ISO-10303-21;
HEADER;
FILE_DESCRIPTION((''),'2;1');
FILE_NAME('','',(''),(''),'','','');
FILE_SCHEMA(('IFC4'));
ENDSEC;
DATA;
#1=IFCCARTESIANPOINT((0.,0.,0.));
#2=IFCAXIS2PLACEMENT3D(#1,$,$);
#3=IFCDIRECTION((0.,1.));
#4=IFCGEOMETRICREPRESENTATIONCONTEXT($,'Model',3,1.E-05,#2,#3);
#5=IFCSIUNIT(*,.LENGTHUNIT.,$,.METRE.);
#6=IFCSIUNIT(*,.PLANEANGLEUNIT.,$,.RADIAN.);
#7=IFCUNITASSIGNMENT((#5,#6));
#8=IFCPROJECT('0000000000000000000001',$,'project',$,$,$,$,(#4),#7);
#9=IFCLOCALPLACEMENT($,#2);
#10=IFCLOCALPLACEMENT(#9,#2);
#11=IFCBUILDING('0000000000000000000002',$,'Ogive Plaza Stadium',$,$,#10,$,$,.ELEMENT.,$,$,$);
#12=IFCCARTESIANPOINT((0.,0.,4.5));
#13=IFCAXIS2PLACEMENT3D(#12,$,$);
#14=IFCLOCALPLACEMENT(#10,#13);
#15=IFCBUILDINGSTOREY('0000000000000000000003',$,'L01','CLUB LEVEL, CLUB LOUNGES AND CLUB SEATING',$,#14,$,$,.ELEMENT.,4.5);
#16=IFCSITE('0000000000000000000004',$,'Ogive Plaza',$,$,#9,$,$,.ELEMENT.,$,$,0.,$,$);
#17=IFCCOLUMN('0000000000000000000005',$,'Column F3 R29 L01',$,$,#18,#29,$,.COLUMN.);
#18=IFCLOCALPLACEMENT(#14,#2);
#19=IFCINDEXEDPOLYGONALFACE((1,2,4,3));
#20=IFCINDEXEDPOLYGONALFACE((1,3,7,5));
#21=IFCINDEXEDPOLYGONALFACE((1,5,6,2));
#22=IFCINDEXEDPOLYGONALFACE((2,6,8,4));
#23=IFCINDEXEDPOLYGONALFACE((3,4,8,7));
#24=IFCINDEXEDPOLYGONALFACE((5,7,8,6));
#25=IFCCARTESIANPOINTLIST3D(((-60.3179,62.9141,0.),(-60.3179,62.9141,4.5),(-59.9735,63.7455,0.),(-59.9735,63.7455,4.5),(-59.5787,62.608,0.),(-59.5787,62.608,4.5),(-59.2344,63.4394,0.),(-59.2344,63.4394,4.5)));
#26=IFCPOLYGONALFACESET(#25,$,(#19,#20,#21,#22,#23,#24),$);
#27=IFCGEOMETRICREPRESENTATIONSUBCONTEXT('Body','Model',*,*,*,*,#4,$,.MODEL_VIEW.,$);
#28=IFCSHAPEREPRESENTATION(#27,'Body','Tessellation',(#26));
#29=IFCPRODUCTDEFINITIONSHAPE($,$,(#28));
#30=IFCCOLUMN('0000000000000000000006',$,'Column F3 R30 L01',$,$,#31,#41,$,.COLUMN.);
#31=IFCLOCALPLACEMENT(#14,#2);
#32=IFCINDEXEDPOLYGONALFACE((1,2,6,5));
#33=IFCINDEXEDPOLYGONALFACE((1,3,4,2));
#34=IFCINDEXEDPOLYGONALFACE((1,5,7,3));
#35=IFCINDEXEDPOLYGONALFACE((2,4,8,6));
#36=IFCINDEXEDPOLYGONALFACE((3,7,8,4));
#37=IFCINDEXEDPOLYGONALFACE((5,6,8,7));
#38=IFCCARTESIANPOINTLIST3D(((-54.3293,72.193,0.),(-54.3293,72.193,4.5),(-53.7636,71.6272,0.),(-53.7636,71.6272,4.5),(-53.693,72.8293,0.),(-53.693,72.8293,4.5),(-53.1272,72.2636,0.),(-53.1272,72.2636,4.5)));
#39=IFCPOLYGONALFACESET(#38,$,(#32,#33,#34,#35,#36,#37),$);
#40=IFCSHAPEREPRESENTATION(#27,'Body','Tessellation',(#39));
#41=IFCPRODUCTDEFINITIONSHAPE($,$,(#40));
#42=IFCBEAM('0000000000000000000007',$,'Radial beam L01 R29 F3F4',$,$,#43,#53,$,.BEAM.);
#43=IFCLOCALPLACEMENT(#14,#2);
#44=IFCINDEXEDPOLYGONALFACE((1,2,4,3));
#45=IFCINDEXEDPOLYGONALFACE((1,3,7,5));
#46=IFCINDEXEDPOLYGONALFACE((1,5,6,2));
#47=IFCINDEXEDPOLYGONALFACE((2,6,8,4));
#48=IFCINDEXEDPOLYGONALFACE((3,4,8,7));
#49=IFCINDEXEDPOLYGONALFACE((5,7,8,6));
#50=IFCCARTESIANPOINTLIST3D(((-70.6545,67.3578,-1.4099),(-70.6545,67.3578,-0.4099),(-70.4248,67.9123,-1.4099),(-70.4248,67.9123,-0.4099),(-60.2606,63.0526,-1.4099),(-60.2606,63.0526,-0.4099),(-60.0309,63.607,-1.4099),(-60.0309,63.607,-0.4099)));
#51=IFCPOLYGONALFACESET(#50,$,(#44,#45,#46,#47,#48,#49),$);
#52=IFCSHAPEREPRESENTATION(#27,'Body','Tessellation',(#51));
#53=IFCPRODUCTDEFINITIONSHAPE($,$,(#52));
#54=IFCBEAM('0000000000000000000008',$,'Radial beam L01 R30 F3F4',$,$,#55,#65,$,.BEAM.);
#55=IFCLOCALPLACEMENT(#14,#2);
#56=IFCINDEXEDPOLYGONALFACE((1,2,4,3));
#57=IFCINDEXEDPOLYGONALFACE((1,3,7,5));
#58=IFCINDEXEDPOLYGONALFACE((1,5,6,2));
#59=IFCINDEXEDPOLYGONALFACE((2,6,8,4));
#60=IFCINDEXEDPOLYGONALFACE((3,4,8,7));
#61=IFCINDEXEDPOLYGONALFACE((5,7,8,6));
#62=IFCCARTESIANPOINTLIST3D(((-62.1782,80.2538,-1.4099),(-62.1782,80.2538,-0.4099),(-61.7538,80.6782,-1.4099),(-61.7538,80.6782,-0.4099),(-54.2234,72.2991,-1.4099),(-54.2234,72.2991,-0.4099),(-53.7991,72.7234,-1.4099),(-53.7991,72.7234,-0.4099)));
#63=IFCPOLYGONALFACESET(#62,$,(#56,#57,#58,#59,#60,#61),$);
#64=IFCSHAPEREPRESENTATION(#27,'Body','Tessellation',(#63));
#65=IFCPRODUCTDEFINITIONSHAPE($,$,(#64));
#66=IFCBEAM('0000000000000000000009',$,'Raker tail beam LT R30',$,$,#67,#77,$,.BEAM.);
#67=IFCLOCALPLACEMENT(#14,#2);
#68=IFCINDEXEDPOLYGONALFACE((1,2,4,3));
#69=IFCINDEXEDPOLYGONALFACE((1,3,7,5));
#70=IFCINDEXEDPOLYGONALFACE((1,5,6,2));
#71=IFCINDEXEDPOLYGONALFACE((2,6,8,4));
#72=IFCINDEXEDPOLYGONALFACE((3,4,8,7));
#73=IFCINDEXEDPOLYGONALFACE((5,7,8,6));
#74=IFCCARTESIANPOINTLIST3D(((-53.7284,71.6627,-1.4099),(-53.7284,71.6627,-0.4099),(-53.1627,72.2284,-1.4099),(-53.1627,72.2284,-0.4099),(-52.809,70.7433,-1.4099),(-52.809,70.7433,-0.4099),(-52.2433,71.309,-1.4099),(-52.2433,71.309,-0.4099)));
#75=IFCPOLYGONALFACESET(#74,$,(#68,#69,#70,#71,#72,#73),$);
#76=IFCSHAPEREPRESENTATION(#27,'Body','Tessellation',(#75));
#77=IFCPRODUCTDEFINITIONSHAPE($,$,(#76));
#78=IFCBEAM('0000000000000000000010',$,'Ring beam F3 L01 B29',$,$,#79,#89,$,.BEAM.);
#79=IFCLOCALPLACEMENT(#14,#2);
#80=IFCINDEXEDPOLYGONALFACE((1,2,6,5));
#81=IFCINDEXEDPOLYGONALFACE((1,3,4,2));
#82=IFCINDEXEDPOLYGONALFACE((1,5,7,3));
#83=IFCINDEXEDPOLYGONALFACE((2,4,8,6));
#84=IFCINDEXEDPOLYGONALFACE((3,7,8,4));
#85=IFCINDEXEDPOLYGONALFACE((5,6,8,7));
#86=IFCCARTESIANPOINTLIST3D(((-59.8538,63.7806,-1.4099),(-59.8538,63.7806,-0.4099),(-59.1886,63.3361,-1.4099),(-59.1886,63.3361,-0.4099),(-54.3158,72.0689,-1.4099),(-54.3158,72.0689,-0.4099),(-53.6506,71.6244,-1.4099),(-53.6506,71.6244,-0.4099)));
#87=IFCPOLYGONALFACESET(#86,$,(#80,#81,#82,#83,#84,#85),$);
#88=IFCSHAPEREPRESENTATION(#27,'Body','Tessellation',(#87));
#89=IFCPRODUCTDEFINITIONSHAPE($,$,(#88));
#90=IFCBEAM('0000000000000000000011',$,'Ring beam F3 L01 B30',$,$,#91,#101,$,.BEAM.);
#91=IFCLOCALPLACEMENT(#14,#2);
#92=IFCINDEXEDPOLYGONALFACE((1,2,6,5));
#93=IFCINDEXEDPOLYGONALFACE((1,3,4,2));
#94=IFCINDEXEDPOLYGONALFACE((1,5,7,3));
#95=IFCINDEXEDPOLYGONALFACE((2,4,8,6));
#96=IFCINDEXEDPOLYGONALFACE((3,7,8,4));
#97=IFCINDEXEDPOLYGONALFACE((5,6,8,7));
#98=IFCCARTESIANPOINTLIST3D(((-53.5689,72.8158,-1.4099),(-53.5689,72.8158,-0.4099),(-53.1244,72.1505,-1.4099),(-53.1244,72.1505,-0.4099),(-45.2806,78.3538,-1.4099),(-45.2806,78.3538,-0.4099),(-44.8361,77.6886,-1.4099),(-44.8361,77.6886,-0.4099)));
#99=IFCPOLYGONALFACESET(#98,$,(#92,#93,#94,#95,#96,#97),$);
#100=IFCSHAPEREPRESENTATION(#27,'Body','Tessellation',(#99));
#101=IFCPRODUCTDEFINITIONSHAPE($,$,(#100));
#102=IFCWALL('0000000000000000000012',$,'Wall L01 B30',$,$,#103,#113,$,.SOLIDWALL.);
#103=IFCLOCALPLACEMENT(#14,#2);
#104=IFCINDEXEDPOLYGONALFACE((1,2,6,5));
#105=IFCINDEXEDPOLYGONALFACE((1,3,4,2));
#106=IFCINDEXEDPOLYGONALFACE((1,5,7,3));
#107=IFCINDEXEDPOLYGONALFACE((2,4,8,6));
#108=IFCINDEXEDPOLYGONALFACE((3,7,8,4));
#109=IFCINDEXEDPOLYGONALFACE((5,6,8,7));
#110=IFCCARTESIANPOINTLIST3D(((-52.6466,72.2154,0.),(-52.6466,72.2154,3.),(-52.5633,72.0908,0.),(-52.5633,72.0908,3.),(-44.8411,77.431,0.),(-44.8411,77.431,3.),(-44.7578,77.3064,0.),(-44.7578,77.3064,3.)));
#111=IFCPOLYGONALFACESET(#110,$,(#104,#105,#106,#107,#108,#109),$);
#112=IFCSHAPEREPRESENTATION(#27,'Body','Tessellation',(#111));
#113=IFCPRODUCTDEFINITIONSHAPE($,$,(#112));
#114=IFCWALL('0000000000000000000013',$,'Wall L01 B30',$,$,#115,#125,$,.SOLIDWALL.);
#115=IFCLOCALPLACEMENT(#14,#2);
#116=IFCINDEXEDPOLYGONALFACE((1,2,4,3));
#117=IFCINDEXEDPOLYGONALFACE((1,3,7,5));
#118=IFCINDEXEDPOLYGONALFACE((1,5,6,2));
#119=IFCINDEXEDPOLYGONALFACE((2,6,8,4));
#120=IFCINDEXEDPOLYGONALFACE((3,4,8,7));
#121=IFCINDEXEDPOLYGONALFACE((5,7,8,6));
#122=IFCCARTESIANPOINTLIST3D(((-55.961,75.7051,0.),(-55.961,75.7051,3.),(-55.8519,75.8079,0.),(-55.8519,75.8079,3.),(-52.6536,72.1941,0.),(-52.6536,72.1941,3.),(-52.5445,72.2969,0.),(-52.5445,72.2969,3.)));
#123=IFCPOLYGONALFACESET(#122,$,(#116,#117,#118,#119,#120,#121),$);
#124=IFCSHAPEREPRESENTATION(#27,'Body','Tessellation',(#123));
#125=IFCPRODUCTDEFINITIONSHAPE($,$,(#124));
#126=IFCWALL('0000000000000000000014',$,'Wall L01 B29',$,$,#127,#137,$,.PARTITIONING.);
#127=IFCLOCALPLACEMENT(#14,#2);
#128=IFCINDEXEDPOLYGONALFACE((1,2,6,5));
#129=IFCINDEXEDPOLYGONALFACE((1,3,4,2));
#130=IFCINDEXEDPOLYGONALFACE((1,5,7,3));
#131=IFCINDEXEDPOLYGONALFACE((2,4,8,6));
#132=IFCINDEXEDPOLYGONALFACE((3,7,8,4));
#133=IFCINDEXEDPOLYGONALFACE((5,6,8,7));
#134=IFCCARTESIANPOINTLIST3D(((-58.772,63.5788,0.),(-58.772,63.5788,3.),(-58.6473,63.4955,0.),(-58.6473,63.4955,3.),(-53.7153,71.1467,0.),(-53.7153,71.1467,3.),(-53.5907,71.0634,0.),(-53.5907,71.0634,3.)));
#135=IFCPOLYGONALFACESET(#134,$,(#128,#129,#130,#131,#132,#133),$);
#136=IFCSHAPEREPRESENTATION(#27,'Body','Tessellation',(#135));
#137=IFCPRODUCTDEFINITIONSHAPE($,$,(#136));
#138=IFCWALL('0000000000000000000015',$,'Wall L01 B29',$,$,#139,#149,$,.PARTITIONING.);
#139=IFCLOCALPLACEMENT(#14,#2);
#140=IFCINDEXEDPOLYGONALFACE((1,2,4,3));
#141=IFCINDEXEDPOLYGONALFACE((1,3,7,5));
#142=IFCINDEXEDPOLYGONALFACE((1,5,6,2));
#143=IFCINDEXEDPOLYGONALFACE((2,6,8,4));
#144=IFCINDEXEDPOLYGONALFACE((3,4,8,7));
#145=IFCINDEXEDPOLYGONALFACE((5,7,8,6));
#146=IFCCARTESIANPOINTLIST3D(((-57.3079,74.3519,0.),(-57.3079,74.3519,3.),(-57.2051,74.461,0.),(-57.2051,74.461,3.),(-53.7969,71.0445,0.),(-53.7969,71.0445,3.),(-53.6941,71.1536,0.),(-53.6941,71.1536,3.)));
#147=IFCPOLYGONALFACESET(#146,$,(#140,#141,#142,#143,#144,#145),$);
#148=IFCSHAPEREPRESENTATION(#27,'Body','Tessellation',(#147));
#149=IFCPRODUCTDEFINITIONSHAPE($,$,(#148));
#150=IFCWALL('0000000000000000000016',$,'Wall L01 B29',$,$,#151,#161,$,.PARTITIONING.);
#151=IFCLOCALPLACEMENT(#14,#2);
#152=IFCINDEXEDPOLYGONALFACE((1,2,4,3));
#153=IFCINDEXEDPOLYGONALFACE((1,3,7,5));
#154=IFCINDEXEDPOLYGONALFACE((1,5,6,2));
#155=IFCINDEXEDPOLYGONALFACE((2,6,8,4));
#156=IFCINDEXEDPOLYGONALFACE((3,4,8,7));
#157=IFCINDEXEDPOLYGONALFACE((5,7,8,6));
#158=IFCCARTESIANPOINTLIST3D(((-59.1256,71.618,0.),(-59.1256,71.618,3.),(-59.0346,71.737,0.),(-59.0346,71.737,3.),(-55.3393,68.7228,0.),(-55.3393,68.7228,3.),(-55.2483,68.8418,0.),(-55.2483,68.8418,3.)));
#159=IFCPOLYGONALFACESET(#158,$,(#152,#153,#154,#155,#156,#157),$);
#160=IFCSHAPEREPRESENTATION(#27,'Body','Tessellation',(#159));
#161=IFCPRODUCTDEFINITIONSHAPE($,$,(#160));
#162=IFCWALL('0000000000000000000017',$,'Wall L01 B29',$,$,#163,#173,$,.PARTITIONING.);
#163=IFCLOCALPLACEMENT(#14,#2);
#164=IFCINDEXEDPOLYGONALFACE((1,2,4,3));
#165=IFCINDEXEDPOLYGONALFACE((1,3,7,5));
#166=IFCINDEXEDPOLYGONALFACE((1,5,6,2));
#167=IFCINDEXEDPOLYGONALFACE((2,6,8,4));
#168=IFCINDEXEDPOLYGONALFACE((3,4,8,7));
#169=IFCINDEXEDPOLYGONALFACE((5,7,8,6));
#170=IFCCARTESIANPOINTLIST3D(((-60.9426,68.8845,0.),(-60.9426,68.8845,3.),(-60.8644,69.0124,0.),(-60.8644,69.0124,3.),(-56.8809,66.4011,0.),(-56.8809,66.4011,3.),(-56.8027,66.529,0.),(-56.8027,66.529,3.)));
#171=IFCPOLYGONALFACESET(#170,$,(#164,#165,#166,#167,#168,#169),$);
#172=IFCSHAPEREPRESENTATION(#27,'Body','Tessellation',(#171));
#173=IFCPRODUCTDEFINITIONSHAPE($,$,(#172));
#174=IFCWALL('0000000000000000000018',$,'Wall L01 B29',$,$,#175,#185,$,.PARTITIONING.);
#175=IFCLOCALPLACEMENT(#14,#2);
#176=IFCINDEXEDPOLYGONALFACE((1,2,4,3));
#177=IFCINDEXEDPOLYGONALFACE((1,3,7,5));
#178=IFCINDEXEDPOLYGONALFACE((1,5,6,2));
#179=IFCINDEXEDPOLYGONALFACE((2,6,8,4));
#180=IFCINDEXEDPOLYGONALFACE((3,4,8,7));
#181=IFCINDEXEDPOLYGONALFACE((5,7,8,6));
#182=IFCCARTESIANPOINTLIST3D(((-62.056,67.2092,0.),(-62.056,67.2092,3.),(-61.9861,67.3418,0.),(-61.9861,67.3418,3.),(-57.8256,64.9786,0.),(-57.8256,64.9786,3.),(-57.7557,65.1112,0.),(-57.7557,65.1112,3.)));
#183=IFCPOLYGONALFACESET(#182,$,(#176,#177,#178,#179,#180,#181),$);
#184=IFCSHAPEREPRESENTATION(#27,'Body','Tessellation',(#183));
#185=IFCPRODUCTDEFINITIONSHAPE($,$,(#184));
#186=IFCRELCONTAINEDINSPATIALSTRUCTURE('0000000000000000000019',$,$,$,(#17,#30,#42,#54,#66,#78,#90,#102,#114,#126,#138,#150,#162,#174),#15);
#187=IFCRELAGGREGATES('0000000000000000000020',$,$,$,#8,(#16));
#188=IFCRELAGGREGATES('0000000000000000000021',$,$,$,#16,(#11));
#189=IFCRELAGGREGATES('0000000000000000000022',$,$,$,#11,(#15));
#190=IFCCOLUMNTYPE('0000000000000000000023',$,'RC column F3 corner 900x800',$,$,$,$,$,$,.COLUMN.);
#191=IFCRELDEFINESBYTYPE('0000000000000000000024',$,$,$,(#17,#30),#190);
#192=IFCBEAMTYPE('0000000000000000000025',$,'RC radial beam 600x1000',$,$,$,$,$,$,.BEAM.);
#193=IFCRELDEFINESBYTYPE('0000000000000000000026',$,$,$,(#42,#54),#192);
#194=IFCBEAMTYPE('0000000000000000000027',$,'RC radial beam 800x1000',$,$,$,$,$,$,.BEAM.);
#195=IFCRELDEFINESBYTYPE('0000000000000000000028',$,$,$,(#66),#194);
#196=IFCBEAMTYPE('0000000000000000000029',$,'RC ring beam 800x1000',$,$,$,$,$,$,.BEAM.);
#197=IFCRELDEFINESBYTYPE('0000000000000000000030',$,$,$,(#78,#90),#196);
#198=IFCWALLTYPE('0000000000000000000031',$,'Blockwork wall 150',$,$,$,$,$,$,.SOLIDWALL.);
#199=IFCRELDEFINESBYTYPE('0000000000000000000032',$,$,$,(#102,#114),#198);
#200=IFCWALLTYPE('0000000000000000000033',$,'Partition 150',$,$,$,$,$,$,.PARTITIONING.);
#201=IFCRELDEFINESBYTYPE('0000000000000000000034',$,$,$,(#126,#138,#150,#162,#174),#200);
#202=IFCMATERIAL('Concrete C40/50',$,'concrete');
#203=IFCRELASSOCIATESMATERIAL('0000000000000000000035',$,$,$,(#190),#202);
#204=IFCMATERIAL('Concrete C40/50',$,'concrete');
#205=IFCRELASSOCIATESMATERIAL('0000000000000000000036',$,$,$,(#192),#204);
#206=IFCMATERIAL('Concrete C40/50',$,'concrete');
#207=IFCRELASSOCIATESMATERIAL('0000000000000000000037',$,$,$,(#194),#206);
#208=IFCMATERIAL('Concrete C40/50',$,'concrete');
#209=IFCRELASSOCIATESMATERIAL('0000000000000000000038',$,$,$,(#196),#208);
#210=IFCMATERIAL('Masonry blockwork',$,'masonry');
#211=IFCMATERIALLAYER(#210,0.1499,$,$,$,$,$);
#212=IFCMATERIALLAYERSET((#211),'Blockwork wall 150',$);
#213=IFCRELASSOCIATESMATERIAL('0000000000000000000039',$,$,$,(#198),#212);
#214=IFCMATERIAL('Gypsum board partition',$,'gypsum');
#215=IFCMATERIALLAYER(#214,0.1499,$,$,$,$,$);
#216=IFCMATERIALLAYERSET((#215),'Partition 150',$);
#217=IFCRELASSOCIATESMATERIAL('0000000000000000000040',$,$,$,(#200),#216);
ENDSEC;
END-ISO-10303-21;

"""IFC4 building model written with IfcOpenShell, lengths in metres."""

from ifc_helpers import new_model, si_unit, direction, frame, frame_2d, origin, origin_2d, place, context, subcontext, project, spatial, rectangle, extrude, material, layer, layer_set, material_profile, profile_set, type_object, element, save


model = new_model("IFC4")

# Units and contexts
model_context = context("Model", 3, precision=1e-05, world=origin(), true_north=direction((0.0, 1.0)))
body_context = subcontext(model_context, "Body", "Model", "MODEL_VIEW")
ifc_project = project(units=[si_unit("LENGTHUNIT", "METRE"), si_unit("PLANEANGLEUNIT", "RADIAN")], contexts=[model_context])

# Site, building, storey
site_placement = place(None, origin())
site = spatial("IfcSite", under=ifc_project, at=site_placement, Name="Ogive Plaza", CompositionType="ELEMENT", RefElevation=0.0)
building_placement = place(site_placement, origin())
building = spatial("IfcBuilding", under=site, at=building_placement, Name="Ogive Plaza Stadium", CompositionType="ELEMENT")
storey_placement = place(building_placement, frame((0.0, 0.0, 4.5)))
storey = spatial("IfcBuildingStorey", under=building, at=storey_placement, Name="L01", Description="CLUB LEVEL, CLUB LOUNGES AND CLUB SEATING", CompositionType="ELEMENT", Elevation=4.5)

# Columns
ifc_material_1 = material(Name="Concrete C40/50", Category="concrete")
ifc_material_profile_1 = material_profile(ifc_material_1, rectangle(XDim=0.8999, YDim=0.8, at=origin_2d()), Name="RC 900x800")
ifc_profile_set_1 = profile_set([ifc_material_profile_1], Name="Concrete C40/50")
column_type = type_object("IfcColumnType", Name="RC column F3 corner 900x800", PredefinedType="COLUMN", material=ifc_profile_set_1)
for number, where, z_axis, x_axis, name in (
    (1, (-59.7761, 63.1768, 0.0), (0.0, 0.0, 1.0), (-0.382683, -0.92388, 0.0), "Column F3 R29 L01"),
    (2, (-53.7283, 72.2283, 0.0), (0.0, 0.0, 1.0), (-0.707107, -0.707107, 0.0), "Column F3 R30 L01"),
):
    element("IfcColumn", number, at=place(storey_placement, frame(where, z_axis=z_axis, x_axis=x_axis)), inside=storey, type_object=column_type, Name=name, PredefinedType="COLUMN", context=body_context, shape_type="SweptSolid", body=[
        extrude(rectangle(XDim=0.8999, YDim=0.8, at=origin_2d()), origin(), (0.0, 0.0, 1.0), 4.5),
    ])

# Beams
ifc_material_2 = material(Name="Concrete C40/50", Category="concrete")
ifc_material_profile_2 = material_profile(ifc_material_2, rectangle(XDim=0.6001, YDim=1.0, at=origin_2d()), Name="RC 600x1000")
ifc_profile_set_2 = profile_set([ifc_material_profile_2], Name="Concrete C40/50")
beam_type_1 = type_object("IfcBeamType", Name="RC radial beam 600x1000", PredefinedType="BEAM", material=ifc_profile_set_2)
beam_1_placement = place(storey_placement, frame((-60.1458, 63.3298, -0.9099), z_axis=(-0.923882, 0.382678, 0.0), x_axis=(-0.382678, -0.923882, 0.0)))
element("IfcBeam", 3, at=beam_1_placement, inside=storey, type_object=beam_type_1, Name="Radial beam L01 R29 F3F4", PredefinedType="BEAM", context=body_context, shape_type="SweptSolid", body=[
    extrude(rectangle(XDim=0.6001, YDim=1.0, at=origin_2d()), origin(), (0.0, 0.0, 1.0), 11.2502),
])
beam_2_placement = place(storey_placement, frame((-54.0112, 72.5112, -0.9099), z_axis=(-0.707107, 0.707107, 0.0), x_axis=(-0.707107, -0.707107, 0.0)))
element("IfcBeam", 4, at=beam_2_placement, inside=storey, type_object=beam_type_1, Name="Radial beam L01 R30 F3F4", PredefinedType="BEAM", context=body_context, shape_type="SweptSolid", body=[
    extrude(rectangle(XDim=0.6001, YDim=1.0, at=origin_2d()), origin(), (0.0, 0.0, 1.0), 11.2498),
])
ifc_material_3 = material(Name="Concrete C40/50", Category="concrete")
ifc_material_profile_3 = material_profile(ifc_material_3, rectangle(XDim=0.8, YDim=1.0, at=origin_2d()), Name="RC 800x1000")
ifc_profile_set_3 = profile_set([ifc_material_profile_3], Name="Concrete C40/50")
beam_type_2 = type_object("IfcBeamType", Name="RC radial beam 800x1000", PredefinedType="BEAM", material=ifc_profile_set_3)
beam_3_placement = place(storey_placement, frame((-52.5261, 71.0261, -0.9099), z_axis=(-0.707107, 0.707107, 0.0), x_axis=(-0.707107, -0.707107, 0.0)))
element("IfcBeam", 5, at=beam_3_placement, inside=storey, type_object=beam_type_2, Name="Raker tail beam LT R30", PredefinedType="BEAM", context=body_context, shape_type="SweptSolid", body=[
    extrude(rectangle(XDim=0.8, YDim=1.0, at=origin_2d()), origin(), (0.0, 0.0, 1.0), 1.3003),
])
ifc_material_4 = material(Name="Concrete C40/50", Category="concrete")
ifc_material_profile_4 = material_profile(ifc_material_4, rectangle(XDim=0.8, YDim=1.0, at=origin_2d()), Name="RC 800x1000")
ifc_profile_set_4 = profile_set([ifc_material_profile_4], Name="Concrete C40/50")
beam_type_3 = type_object("IfcBeamType", Name="RC ring beam 800x1000", PredefinedType="BEAM", material=ifc_profile_set_4)
for number, where, z_axis, x_axis, name in (
    (6, (-59.5212, 63.5583, -0.9099), (0.55557, 0.83147, 0.0), (-0.83147, 0.55557, 0.0), "Ring beam F3 L01 B29"),
    (7, (-53.3467, 72.4832, -0.9099), (0.83147, 0.55557, 0.0), (-0.55557, 0.83147, 0.0), "Ring beam F3 L01 B30"),
):
    element("IfcBeam", number, at=place(storey_placement, frame(where, z_axis=z_axis, x_axis=x_axis)), inside=storey, type_object=beam_type_3, Name=name, PredefinedType="BEAM", context=body_context, shape_type="SweptSolid", body=[
        extrude(rectangle(XDim=0.8, YDim=1.0, at=origin_2d()), origin(), (0.0, 0.0, 1.0), 9.9683),
    ])

# Walls
ifc_material_5 = material(Name="Masonry blockwork", Category="masonry")
ifc_layer_1 = layer(ifc_material_5, 0.1499)
ifc_layer_set_1 = layer_set([ifc_layer_1], Name="Blockwork wall 150")
wall_type_1 = type_object("IfcWallType", Name="Blockwork wall 150", PredefinedType="SOLIDWALL", material=ifc_layer_set_1)
wall_1_placement = place(storey_placement, frame((-52.605, 72.1531, 0.0), z_axis=(0.0, 0.0, 1.0), x_axis=(0.831462, 0.555582, 0.0)))
element("IfcWall", 8, at=wall_1_placement, inside=storey, type_object=wall_type_1, Name="Wall L01 B30", PredefinedType="SOLIDWALL", context=body_context, shape_type="SweptSolid", body=[
    extrude(rectangle(XDim=9.3877, YDim=0.1499, at=frame_2d((4.6938, 0.0))), origin(), (0.0, 0.0, 1.0), 3.0),
])
wall_2_placement = place(storey_placement, frame((-52.5991, 72.2456, 0.0), z_axis=(0.0, 0.0, 1.0), x_axis=(-0.685685, 0.727898, 0.0)))
element("IfcWall", 9, at=wall_2_placement, inside=storey, type_object=wall_type_1, Name="Wall L01 B30", PredefinedType="SOLIDWALL", context=body_context, shape_type="SweptSolid", body=[
    extrude(rectangle(XDim=4.8235, YDim=0.1499, at=frame_2d((2.4116, 0.0))), origin(), (0.0, 0.0, 1.0), 3.0),
])
ifc_material_6 = material(Name="Gypsum board partition", Category="gypsum")
ifc_layer_2 = layer(ifc_material_6, 0.1499)
ifc_layer_set_2 = layer_set([ifc_layer_2], Name="Partition 150")
wall_type_2 = type_object("IfcWallType", Name="Partition 150", PredefinedType="PARTITIONING", material=ifc_layer_set_2)
wall_3_placement = place(storey_placement, frame((-53.6531, 71.105, 0.0), z_axis=(0.0, 0.0, 1.0), x_axis=(-0.555566, -0.831472, 0.0)))
element("IfcWall", 10, at=wall_3_placement, inside=storey, type_object=wall_type_2, Name="Wall L01 B29", PredefinedType="PARTITIONING", context=body_context, shape_type="SweptSolid", body=[
    extrude(rectangle(XDim=9.1018, YDim=0.1499, at=frame_2d((4.5508, 0.0))), origin(), (0.0, 0.0, 1.0), 3.0),
])
wall_4_placement = place(storey_placement, frame((-53.7456, 71.0991, 0.0), z_axis=(0.0, 0.0, 1.0), x_axis=(-0.727898, 0.685685, 0.0)))
element("IfcWall", 11, at=wall_4_placement, inside=storey, type_object=wall_type_2, Name="Wall L01 B29", PredefinedType="PARTITIONING", context=body_context, shape_type="SweptSolid", body=[
    extrude(rectangle(XDim=4.8235, YDim=0.1499, at=frame_2d((2.4116, 0.0))), origin(), (0.0, 0.0, 1.0), 3.0),
])
wall_5_placement = place(storey_placement, frame((-55.2937, 68.7822, 0.0), z_axis=(0.0, 0.0, 1.0), x_axis=(-0.794378, 0.607423, 0.0)))
element("IfcWall", 12, at=wall_5_placement, inside=storey, type_object=wall_type_2, Name="Wall L01 B29", PredefinedType="PARTITIONING", context=body_context, shape_type="SweptSolid", body=[
    extrude(rectangle(XDim=4.7664, YDim=0.1499, at=frame_2d((2.3833, 0.0))), origin(), (0.0, 0.0, 1.0), 3.0),
])
wall_6_placement = place(storey_placement, frame((-56.8418, 66.4651, 0.0), z_axis=(0.0, 0.0, 1.0), x_axis=(-0.853169, 0.521635, 0.0)))
element("IfcWall", 13, at=wall_6_placement, inside=storey, type_object=wall_type_2, Name="Wall L01 B29", PredefinedType="PARTITIONING", context=body_context, shape_type="SweptSolid", body=[
    extrude(rectangle(XDim=4.7607, YDim=0.1499, at=frame_2d((2.3804, 0.0))), origin(), (0.0, 0.0, 1.0), 3.0),
])
wall_7_placement = place(storey_placement, frame((-57.7908, 65.0449, 0.0), z_axis=(0.0, 0.0, 1.0), x_axis=(-0.88456, 0.466426, 0.0)))
element("IfcWall", 14, at=wall_7_placement, inside=storey, type_object=wall_type_2, Name="Wall L01 B29", PredefinedType="PARTITIONING", context=body_context, shape_type="SweptSolid", body=[
    extrude(rectangle(XDim=4.7825, YDim=0.1499, at=frame_2d((2.3911, 0.0))), origin(), (0.0, 0.0, 1.0), 3.0),
])

save(model, "model.ifc")
